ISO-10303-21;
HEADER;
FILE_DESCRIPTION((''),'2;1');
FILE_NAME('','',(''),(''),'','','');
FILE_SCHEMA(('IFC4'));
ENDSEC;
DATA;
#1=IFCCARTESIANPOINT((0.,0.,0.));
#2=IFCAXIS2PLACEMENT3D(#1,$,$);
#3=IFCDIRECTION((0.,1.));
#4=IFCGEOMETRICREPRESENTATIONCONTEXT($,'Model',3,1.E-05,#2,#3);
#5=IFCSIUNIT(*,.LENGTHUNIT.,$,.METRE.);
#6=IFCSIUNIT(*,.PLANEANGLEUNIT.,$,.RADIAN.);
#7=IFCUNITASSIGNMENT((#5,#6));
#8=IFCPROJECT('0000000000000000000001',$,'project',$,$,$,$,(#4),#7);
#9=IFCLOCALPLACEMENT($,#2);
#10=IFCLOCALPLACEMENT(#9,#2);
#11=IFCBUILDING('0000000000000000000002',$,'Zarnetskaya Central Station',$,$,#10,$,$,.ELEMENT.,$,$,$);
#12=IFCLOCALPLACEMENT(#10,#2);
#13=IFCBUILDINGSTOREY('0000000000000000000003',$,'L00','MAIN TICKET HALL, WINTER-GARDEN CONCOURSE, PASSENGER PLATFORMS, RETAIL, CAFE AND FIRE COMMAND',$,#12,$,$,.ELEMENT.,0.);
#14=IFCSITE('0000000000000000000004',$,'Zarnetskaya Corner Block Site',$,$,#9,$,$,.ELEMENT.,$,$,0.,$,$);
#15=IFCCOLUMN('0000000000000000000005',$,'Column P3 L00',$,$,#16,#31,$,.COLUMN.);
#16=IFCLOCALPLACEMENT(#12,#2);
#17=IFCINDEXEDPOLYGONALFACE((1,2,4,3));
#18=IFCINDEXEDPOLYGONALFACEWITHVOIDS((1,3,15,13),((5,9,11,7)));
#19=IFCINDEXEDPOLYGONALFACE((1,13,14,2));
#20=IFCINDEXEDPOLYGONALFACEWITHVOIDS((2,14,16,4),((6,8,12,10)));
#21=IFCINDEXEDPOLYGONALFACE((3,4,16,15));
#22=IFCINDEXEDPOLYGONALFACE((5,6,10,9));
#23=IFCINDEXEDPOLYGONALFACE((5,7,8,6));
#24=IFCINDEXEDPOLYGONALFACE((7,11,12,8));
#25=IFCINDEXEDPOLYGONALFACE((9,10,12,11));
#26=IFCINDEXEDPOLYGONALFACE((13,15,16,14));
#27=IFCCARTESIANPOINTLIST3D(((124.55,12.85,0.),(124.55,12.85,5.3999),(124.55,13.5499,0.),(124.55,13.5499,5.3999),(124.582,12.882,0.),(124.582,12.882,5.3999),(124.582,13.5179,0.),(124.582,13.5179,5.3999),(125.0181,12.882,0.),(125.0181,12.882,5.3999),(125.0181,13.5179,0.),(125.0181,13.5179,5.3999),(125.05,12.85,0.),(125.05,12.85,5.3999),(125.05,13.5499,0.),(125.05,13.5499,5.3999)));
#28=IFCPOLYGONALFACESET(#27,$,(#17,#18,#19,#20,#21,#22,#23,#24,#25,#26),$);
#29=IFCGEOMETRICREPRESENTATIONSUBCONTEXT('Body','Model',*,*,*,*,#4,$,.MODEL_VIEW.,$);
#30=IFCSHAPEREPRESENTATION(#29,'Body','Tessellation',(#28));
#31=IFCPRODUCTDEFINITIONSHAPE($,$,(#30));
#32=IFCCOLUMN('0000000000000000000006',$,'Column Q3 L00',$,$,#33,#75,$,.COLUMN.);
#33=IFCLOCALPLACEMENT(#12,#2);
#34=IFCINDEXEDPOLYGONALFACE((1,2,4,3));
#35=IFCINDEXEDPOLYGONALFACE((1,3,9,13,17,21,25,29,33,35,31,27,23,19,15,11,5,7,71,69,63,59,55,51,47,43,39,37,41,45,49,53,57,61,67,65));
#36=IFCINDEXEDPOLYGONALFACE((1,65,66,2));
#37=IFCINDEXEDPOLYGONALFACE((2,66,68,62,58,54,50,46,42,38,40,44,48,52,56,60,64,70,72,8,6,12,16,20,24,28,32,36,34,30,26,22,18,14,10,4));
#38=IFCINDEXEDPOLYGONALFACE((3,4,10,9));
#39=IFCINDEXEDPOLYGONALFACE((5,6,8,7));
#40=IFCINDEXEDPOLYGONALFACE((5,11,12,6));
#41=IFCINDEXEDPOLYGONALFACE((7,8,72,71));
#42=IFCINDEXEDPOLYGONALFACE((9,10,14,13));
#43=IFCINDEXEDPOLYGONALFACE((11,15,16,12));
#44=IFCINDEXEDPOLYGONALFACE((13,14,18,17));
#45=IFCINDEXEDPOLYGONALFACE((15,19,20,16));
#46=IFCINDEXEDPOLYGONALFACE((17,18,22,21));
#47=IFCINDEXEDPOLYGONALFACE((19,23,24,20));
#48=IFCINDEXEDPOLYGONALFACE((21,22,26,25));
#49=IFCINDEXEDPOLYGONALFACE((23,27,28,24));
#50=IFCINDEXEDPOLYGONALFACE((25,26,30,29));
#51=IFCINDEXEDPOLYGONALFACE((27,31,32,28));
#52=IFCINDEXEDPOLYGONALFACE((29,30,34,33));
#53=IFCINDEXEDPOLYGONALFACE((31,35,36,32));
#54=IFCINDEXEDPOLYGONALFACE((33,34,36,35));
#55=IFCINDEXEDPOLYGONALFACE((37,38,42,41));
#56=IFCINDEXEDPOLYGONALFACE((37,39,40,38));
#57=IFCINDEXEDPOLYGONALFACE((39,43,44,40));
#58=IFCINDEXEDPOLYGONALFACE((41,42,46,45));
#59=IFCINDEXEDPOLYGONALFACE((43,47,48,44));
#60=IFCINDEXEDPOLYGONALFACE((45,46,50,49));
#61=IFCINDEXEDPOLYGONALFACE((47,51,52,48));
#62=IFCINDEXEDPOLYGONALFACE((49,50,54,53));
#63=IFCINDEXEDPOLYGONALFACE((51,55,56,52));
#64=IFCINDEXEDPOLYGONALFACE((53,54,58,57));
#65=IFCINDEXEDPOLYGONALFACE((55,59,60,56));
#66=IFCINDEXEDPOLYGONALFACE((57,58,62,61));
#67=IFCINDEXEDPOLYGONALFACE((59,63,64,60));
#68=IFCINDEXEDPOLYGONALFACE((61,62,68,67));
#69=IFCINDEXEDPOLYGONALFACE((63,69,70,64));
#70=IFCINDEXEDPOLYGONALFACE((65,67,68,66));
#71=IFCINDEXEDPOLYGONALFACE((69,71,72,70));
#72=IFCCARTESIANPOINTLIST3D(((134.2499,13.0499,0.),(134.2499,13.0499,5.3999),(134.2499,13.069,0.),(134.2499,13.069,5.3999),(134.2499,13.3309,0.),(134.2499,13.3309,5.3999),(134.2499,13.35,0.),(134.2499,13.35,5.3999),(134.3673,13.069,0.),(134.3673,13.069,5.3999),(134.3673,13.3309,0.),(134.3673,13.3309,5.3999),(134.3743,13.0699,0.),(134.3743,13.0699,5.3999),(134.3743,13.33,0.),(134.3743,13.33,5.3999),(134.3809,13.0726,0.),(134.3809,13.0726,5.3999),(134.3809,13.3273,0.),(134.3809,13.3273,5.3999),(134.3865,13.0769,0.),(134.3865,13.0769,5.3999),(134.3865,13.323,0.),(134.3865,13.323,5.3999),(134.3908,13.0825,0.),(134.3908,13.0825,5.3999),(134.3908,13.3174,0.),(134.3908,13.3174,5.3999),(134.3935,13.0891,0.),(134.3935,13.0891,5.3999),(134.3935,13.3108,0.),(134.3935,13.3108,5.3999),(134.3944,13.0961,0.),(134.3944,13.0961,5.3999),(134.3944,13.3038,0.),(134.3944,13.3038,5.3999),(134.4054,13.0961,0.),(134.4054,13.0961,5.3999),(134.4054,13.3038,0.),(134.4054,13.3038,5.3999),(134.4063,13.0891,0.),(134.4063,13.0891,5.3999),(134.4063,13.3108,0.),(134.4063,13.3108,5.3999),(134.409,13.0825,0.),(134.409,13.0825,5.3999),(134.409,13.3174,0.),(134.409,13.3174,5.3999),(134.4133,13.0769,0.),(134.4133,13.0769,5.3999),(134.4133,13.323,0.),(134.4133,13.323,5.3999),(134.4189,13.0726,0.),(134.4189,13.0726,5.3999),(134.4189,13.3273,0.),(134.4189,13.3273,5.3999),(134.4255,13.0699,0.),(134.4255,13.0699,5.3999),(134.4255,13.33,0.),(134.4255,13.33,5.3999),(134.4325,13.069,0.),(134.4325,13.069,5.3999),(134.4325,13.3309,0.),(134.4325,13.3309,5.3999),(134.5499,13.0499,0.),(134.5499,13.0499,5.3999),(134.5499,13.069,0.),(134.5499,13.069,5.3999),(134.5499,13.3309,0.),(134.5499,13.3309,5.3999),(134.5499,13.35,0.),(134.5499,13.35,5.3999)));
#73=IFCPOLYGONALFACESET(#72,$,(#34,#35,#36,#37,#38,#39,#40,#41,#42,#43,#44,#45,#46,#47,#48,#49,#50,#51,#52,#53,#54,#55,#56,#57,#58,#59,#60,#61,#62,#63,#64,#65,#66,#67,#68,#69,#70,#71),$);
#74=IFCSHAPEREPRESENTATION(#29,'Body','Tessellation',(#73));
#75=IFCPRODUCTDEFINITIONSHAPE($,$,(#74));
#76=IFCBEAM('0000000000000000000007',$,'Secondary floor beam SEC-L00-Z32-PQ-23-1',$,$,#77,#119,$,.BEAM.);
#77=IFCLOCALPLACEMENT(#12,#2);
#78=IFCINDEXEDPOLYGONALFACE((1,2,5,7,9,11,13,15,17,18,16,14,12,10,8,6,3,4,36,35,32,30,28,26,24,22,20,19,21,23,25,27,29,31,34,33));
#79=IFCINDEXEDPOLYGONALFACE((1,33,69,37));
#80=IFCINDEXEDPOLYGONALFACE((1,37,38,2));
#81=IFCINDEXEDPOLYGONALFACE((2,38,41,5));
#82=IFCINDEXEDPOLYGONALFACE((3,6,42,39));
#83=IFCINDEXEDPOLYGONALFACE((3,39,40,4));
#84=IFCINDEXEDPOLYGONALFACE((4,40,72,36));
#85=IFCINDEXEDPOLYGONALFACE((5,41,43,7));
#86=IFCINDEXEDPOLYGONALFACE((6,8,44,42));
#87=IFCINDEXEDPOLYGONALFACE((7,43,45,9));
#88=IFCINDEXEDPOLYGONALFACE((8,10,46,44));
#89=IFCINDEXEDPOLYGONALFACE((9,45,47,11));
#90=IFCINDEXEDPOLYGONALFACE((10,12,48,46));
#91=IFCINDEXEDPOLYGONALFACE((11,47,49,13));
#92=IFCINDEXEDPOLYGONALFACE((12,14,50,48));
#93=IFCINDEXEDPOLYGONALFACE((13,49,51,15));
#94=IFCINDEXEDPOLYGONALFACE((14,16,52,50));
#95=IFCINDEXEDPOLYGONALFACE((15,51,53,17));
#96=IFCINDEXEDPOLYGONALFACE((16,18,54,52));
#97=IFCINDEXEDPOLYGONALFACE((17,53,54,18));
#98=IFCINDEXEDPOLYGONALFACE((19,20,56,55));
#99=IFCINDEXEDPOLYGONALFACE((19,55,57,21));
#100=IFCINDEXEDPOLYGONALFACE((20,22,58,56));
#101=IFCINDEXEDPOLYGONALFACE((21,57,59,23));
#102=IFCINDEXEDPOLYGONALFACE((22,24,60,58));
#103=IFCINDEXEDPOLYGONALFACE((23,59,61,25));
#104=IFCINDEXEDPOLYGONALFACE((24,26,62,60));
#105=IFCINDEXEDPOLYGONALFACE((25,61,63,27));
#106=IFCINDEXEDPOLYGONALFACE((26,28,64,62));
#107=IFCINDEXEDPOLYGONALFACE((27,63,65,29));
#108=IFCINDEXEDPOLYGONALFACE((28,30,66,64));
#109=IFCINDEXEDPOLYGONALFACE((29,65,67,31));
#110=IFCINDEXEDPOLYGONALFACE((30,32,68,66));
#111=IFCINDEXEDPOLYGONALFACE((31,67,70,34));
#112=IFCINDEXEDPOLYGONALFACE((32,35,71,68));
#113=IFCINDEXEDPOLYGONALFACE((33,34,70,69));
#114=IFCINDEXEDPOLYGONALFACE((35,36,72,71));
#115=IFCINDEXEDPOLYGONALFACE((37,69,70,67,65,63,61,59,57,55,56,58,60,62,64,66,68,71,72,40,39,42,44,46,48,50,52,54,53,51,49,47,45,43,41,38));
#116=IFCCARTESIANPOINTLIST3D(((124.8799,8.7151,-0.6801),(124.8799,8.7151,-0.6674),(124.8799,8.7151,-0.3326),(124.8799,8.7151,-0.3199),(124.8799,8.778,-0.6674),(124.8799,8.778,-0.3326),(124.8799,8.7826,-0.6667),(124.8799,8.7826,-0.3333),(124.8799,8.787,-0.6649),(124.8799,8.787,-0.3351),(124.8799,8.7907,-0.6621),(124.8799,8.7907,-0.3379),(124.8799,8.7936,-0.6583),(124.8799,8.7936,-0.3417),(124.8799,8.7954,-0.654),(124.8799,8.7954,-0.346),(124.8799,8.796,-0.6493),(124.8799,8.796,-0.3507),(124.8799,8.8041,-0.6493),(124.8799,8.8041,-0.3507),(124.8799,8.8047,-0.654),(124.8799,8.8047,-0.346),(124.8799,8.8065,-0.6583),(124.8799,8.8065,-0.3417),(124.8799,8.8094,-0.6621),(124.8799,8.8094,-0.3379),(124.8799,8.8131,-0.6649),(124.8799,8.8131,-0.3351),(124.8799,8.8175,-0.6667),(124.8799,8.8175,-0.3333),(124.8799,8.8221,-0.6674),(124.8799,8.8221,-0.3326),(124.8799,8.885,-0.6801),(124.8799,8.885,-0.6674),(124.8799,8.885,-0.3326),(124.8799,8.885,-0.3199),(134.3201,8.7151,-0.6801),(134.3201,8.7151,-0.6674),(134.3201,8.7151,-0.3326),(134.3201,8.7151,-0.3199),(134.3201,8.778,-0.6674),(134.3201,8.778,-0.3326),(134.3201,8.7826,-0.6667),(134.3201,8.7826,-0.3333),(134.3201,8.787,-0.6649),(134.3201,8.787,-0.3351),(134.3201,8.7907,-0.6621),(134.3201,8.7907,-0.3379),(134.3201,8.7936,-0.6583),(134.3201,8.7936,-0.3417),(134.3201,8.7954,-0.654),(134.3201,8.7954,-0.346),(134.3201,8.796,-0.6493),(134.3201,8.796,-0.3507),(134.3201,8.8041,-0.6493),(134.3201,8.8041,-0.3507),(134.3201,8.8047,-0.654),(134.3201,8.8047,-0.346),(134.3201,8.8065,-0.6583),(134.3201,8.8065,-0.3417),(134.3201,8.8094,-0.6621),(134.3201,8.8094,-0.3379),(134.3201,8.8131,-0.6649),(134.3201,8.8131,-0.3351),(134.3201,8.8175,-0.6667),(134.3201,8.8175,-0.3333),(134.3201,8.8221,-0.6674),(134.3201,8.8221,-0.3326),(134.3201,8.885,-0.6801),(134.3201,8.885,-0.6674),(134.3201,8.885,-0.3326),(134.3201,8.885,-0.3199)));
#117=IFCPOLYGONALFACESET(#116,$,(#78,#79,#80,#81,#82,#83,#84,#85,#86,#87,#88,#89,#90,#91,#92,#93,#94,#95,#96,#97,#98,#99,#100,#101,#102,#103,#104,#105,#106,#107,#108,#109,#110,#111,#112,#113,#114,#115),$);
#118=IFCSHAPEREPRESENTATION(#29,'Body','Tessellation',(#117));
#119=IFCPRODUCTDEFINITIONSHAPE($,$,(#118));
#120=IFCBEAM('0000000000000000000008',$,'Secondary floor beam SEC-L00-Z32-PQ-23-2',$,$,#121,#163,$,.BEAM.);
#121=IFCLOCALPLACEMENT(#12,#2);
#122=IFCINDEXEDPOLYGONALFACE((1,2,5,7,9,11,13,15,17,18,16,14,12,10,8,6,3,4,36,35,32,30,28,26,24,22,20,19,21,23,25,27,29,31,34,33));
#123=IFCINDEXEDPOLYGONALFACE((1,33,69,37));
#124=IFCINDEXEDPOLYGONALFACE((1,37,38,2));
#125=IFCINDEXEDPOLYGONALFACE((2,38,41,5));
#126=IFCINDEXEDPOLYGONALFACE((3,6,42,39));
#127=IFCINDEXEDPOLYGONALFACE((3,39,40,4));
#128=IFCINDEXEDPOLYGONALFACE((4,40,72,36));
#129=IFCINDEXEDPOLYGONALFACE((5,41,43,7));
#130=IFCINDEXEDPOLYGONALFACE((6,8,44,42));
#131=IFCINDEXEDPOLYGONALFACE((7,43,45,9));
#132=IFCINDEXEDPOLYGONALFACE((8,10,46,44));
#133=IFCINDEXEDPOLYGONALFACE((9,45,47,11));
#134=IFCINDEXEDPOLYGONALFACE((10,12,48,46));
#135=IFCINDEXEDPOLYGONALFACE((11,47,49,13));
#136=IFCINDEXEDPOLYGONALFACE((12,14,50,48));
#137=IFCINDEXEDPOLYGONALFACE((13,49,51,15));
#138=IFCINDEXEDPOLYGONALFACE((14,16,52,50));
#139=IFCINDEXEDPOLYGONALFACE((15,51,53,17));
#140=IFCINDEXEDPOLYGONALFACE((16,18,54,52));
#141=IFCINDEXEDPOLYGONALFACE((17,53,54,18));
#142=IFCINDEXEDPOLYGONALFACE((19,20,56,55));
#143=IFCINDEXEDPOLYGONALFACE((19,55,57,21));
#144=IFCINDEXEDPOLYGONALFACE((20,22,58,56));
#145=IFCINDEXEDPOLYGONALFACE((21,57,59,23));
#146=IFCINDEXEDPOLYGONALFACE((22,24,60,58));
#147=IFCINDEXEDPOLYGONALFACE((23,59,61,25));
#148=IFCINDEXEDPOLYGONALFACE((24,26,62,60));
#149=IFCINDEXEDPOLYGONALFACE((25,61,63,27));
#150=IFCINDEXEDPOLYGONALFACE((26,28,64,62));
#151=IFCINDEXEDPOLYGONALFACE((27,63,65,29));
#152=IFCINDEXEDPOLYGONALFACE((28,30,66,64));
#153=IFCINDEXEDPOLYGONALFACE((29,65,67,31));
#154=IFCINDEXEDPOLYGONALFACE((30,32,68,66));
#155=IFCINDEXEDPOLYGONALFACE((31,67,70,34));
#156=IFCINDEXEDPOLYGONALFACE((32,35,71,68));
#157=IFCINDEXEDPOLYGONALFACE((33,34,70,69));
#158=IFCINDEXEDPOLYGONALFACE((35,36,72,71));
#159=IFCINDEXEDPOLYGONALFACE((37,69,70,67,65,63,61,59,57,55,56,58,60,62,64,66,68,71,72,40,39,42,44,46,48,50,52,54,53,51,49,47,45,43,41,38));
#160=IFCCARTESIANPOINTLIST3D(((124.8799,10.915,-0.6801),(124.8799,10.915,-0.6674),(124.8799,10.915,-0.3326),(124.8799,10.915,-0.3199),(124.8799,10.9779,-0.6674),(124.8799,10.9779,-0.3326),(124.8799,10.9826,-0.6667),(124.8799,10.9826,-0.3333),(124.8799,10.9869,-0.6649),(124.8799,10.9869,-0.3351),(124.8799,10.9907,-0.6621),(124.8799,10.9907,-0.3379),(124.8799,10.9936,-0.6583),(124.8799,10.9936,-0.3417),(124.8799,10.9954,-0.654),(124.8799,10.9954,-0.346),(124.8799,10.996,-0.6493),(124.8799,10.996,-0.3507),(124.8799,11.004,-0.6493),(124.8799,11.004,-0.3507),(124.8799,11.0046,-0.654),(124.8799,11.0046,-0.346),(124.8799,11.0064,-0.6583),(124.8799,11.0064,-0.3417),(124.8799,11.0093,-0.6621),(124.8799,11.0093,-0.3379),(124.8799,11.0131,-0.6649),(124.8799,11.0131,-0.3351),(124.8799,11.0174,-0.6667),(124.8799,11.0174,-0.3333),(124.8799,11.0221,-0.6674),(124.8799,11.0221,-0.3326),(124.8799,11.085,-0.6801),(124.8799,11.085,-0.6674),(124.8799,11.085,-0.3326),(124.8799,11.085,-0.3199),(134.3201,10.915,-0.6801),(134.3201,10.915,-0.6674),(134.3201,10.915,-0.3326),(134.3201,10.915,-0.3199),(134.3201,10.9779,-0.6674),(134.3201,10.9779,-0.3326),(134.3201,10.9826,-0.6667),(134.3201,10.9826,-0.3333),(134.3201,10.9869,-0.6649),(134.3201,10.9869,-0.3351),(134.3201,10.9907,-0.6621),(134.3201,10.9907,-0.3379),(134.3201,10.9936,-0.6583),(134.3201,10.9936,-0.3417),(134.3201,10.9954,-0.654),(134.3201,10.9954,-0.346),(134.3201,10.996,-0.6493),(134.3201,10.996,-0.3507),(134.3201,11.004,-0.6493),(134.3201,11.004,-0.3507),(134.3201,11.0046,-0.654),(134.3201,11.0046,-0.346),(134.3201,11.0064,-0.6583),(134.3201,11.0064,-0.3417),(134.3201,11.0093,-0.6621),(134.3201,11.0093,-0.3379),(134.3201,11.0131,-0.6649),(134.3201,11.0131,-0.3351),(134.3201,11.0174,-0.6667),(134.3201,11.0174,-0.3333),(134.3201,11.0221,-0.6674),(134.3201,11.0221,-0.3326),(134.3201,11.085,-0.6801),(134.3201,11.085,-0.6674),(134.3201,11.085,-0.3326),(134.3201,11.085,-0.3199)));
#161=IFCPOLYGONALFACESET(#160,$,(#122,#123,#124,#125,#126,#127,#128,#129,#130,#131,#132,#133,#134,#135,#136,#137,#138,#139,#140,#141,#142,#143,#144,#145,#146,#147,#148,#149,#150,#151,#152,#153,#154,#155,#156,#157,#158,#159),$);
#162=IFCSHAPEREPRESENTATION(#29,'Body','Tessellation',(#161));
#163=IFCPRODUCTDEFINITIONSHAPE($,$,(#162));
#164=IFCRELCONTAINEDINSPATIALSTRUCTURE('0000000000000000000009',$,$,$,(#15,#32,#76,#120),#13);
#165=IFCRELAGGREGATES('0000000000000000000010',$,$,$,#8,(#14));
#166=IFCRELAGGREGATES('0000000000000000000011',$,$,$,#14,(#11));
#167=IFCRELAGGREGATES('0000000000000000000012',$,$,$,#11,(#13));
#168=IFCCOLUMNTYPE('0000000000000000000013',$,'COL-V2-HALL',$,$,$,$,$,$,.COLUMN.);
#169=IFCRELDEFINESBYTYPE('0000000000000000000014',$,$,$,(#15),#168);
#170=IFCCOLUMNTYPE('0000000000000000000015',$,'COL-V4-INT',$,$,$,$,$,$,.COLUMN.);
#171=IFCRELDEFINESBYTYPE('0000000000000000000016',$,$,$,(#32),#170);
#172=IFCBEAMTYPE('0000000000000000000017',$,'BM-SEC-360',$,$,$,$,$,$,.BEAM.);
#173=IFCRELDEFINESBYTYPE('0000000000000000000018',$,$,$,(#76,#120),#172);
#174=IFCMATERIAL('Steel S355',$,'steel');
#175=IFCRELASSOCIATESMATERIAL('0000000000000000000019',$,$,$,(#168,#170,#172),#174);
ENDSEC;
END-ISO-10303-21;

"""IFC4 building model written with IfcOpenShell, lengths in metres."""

from ifc_helpers import new_model, si_unit, direction, frame, origin, origin_2d, place, context, subcontext, project, spatial, hollow_rectangle, i_section, extrude, material, material_profile, profile_set, type_object, element, save


model = new_model("IFC4")

# Units and contexts
model_context = context("Model", 3, precision=1e-05, world=origin(), true_north=direction((0.0, 1.0)))
body_context = subcontext(model_context, "Body", "Model", "MODEL_VIEW")
ifc_project = project(units=[si_unit("LENGTHUNIT", "METRE"), si_unit("PLANEANGLEUNIT", "RADIAN")], contexts=[model_context])

# Site, building, storey
site_placement = place(None, origin())
site = spatial("IfcSite", under=ifc_project, at=site_placement, Name="Zarnetskaya Corner Block Site", CompositionType="ELEMENT", RefElevation=0.0)
building_placement = place(site_placement, origin())
building = spatial("IfcBuilding", under=site, at=building_placement, Name="Zarnetskaya Central Station", CompositionType="ELEMENT")
storey_placement = place(building_placement, origin())
storey = spatial("IfcBuildingStorey", under=building, at=storey_placement, Name="L00", Description="MAIN TICKET HALL, WINTER-GARDEN CONCOURSE, PASSENGER PLATFORMS, RETAIL, CAFE AND FIRE COMMAND", CompositionType="ELEMENT", Elevation=0.0)

# Columns
ifc_material_1 = material(Name="Steel S355", Category="steel")
ifc_material_profile_1 = material_profile(ifc_material_1, hollow_rectangle(XDim=0.5, YDim=0.7, WallThickness=0.032, at=origin_2d()), Name="BOX 700x500x32")
ifc_profile_set_1 = profile_set([ifc_material_profile_1], Name="Steel S355")
column_type_1 = type_object("IfcColumnType", Name="COL-V2-HALL", PredefinedType="COLUMN", material=ifc_profile_set_1)
column_1_placement = place(storey_placement, frame((124.8, 13.2, 0.0), z_axis=(0.0, 0.0, 1.0), x_axis=(1.0, 0.0, 0.0)))
element("IfcColumn", 1, at=column_1_placement, inside=storey, type_object=column_type_1, Name="Column P3 L00", PredefinedType="COLUMN", context=body_context, shape_type="SweptSolid", body=[
    extrude(hollow_rectangle(XDim=0.5, YDim=0.7, WallThickness=0.032, at=origin_2d()), origin(), (0.0, 0.0, 1.0), 5.3999),
])
ifc_material_profile_2 = material_profile(ifc_material_1, i_section(OverallWidth=0.3, OverallDepth=0.3, WebThickness=0.011, FlangeThickness=0.019, FilletRadius=0.0271, at=origin_2d()), Name="HEB 300")
ifc_profile_set_2 = profile_set([ifc_material_profile_2], Name="Steel S355")
column_type_2 = type_object("IfcColumnType", Name="COL-V4-INT", PredefinedType="COLUMN", material=ifc_profile_set_2)
column_2_placement = place(storey_placement, frame((134.3999, 13.2, 0.0), z_axis=(0.0, 0.0, 1.0), x_axis=(1.0, 0.0, 0.0)))
element("IfcColumn", 2, at=column_2_placement, inside=storey, type_object=column_type_2, Name="Column Q3 L00", PredefinedType="COLUMN", context=body_context, shape_type="SweptSolid", body=[
    extrude(i_section(OverallWidth=0.3, OverallDepth=0.3, WebThickness=0.011, FlangeThickness=0.019, FilletRadius=0.0271, at=origin_2d()), origin(), (0.0, 0.0, 1.0), 5.3999),
])

# Beams
ifc_material_profile_3 = material_profile(ifc_material_1, i_section(OverallWidth=0.1699, OverallDepth=0.3601, WebThickness=0.0081, FlangeThickness=0.0127, FilletRadius=0.0181, at=origin_2d()), Name="IPE 360")
ifc_profile_set_3 = profile_set([ifc_material_profile_3], Name="Steel S355")
beam_type_1 = type_object("IfcBeamType", Name="BM-SEC-360", PredefinedType="BEAM", material=ifc_profile_set_3)
for number, where, z_axis, x_axis, name in (
    (3, (124.8799, 8.8, -0.5), (1.0, 0.0, 0.0), (0.0, 1.0, 0.0), "Secondary floor beam SEC-L00-Z32-PQ-23-1"),
    (4, (124.8799, 11.0, -0.5), (1.0, 0.0, 0.0), (0.0, 1.0, 0.0), "Secondary floor beam SEC-L00-Z32-PQ-23-2"),
):
    element("IfcBeam", number, at=place(storey_placement, frame(where, z_axis=z_axis, x_axis=x_axis)), inside=storey, type_object=beam_type_1, Name=name, PredefinedType="BEAM", context=body_context, shape_type="SweptSolid", body=[
        extrude(i_section(OverallWidth=0.1699, OverallDepth=0.3601, WebThickness=0.0081, FlangeThickness=0.0127, FilletRadius=0.0181, at=origin_2d()), origin(), (0.0, 0.0, 1.0), 9.4402),
    ])

save(model, "model.ifc")
